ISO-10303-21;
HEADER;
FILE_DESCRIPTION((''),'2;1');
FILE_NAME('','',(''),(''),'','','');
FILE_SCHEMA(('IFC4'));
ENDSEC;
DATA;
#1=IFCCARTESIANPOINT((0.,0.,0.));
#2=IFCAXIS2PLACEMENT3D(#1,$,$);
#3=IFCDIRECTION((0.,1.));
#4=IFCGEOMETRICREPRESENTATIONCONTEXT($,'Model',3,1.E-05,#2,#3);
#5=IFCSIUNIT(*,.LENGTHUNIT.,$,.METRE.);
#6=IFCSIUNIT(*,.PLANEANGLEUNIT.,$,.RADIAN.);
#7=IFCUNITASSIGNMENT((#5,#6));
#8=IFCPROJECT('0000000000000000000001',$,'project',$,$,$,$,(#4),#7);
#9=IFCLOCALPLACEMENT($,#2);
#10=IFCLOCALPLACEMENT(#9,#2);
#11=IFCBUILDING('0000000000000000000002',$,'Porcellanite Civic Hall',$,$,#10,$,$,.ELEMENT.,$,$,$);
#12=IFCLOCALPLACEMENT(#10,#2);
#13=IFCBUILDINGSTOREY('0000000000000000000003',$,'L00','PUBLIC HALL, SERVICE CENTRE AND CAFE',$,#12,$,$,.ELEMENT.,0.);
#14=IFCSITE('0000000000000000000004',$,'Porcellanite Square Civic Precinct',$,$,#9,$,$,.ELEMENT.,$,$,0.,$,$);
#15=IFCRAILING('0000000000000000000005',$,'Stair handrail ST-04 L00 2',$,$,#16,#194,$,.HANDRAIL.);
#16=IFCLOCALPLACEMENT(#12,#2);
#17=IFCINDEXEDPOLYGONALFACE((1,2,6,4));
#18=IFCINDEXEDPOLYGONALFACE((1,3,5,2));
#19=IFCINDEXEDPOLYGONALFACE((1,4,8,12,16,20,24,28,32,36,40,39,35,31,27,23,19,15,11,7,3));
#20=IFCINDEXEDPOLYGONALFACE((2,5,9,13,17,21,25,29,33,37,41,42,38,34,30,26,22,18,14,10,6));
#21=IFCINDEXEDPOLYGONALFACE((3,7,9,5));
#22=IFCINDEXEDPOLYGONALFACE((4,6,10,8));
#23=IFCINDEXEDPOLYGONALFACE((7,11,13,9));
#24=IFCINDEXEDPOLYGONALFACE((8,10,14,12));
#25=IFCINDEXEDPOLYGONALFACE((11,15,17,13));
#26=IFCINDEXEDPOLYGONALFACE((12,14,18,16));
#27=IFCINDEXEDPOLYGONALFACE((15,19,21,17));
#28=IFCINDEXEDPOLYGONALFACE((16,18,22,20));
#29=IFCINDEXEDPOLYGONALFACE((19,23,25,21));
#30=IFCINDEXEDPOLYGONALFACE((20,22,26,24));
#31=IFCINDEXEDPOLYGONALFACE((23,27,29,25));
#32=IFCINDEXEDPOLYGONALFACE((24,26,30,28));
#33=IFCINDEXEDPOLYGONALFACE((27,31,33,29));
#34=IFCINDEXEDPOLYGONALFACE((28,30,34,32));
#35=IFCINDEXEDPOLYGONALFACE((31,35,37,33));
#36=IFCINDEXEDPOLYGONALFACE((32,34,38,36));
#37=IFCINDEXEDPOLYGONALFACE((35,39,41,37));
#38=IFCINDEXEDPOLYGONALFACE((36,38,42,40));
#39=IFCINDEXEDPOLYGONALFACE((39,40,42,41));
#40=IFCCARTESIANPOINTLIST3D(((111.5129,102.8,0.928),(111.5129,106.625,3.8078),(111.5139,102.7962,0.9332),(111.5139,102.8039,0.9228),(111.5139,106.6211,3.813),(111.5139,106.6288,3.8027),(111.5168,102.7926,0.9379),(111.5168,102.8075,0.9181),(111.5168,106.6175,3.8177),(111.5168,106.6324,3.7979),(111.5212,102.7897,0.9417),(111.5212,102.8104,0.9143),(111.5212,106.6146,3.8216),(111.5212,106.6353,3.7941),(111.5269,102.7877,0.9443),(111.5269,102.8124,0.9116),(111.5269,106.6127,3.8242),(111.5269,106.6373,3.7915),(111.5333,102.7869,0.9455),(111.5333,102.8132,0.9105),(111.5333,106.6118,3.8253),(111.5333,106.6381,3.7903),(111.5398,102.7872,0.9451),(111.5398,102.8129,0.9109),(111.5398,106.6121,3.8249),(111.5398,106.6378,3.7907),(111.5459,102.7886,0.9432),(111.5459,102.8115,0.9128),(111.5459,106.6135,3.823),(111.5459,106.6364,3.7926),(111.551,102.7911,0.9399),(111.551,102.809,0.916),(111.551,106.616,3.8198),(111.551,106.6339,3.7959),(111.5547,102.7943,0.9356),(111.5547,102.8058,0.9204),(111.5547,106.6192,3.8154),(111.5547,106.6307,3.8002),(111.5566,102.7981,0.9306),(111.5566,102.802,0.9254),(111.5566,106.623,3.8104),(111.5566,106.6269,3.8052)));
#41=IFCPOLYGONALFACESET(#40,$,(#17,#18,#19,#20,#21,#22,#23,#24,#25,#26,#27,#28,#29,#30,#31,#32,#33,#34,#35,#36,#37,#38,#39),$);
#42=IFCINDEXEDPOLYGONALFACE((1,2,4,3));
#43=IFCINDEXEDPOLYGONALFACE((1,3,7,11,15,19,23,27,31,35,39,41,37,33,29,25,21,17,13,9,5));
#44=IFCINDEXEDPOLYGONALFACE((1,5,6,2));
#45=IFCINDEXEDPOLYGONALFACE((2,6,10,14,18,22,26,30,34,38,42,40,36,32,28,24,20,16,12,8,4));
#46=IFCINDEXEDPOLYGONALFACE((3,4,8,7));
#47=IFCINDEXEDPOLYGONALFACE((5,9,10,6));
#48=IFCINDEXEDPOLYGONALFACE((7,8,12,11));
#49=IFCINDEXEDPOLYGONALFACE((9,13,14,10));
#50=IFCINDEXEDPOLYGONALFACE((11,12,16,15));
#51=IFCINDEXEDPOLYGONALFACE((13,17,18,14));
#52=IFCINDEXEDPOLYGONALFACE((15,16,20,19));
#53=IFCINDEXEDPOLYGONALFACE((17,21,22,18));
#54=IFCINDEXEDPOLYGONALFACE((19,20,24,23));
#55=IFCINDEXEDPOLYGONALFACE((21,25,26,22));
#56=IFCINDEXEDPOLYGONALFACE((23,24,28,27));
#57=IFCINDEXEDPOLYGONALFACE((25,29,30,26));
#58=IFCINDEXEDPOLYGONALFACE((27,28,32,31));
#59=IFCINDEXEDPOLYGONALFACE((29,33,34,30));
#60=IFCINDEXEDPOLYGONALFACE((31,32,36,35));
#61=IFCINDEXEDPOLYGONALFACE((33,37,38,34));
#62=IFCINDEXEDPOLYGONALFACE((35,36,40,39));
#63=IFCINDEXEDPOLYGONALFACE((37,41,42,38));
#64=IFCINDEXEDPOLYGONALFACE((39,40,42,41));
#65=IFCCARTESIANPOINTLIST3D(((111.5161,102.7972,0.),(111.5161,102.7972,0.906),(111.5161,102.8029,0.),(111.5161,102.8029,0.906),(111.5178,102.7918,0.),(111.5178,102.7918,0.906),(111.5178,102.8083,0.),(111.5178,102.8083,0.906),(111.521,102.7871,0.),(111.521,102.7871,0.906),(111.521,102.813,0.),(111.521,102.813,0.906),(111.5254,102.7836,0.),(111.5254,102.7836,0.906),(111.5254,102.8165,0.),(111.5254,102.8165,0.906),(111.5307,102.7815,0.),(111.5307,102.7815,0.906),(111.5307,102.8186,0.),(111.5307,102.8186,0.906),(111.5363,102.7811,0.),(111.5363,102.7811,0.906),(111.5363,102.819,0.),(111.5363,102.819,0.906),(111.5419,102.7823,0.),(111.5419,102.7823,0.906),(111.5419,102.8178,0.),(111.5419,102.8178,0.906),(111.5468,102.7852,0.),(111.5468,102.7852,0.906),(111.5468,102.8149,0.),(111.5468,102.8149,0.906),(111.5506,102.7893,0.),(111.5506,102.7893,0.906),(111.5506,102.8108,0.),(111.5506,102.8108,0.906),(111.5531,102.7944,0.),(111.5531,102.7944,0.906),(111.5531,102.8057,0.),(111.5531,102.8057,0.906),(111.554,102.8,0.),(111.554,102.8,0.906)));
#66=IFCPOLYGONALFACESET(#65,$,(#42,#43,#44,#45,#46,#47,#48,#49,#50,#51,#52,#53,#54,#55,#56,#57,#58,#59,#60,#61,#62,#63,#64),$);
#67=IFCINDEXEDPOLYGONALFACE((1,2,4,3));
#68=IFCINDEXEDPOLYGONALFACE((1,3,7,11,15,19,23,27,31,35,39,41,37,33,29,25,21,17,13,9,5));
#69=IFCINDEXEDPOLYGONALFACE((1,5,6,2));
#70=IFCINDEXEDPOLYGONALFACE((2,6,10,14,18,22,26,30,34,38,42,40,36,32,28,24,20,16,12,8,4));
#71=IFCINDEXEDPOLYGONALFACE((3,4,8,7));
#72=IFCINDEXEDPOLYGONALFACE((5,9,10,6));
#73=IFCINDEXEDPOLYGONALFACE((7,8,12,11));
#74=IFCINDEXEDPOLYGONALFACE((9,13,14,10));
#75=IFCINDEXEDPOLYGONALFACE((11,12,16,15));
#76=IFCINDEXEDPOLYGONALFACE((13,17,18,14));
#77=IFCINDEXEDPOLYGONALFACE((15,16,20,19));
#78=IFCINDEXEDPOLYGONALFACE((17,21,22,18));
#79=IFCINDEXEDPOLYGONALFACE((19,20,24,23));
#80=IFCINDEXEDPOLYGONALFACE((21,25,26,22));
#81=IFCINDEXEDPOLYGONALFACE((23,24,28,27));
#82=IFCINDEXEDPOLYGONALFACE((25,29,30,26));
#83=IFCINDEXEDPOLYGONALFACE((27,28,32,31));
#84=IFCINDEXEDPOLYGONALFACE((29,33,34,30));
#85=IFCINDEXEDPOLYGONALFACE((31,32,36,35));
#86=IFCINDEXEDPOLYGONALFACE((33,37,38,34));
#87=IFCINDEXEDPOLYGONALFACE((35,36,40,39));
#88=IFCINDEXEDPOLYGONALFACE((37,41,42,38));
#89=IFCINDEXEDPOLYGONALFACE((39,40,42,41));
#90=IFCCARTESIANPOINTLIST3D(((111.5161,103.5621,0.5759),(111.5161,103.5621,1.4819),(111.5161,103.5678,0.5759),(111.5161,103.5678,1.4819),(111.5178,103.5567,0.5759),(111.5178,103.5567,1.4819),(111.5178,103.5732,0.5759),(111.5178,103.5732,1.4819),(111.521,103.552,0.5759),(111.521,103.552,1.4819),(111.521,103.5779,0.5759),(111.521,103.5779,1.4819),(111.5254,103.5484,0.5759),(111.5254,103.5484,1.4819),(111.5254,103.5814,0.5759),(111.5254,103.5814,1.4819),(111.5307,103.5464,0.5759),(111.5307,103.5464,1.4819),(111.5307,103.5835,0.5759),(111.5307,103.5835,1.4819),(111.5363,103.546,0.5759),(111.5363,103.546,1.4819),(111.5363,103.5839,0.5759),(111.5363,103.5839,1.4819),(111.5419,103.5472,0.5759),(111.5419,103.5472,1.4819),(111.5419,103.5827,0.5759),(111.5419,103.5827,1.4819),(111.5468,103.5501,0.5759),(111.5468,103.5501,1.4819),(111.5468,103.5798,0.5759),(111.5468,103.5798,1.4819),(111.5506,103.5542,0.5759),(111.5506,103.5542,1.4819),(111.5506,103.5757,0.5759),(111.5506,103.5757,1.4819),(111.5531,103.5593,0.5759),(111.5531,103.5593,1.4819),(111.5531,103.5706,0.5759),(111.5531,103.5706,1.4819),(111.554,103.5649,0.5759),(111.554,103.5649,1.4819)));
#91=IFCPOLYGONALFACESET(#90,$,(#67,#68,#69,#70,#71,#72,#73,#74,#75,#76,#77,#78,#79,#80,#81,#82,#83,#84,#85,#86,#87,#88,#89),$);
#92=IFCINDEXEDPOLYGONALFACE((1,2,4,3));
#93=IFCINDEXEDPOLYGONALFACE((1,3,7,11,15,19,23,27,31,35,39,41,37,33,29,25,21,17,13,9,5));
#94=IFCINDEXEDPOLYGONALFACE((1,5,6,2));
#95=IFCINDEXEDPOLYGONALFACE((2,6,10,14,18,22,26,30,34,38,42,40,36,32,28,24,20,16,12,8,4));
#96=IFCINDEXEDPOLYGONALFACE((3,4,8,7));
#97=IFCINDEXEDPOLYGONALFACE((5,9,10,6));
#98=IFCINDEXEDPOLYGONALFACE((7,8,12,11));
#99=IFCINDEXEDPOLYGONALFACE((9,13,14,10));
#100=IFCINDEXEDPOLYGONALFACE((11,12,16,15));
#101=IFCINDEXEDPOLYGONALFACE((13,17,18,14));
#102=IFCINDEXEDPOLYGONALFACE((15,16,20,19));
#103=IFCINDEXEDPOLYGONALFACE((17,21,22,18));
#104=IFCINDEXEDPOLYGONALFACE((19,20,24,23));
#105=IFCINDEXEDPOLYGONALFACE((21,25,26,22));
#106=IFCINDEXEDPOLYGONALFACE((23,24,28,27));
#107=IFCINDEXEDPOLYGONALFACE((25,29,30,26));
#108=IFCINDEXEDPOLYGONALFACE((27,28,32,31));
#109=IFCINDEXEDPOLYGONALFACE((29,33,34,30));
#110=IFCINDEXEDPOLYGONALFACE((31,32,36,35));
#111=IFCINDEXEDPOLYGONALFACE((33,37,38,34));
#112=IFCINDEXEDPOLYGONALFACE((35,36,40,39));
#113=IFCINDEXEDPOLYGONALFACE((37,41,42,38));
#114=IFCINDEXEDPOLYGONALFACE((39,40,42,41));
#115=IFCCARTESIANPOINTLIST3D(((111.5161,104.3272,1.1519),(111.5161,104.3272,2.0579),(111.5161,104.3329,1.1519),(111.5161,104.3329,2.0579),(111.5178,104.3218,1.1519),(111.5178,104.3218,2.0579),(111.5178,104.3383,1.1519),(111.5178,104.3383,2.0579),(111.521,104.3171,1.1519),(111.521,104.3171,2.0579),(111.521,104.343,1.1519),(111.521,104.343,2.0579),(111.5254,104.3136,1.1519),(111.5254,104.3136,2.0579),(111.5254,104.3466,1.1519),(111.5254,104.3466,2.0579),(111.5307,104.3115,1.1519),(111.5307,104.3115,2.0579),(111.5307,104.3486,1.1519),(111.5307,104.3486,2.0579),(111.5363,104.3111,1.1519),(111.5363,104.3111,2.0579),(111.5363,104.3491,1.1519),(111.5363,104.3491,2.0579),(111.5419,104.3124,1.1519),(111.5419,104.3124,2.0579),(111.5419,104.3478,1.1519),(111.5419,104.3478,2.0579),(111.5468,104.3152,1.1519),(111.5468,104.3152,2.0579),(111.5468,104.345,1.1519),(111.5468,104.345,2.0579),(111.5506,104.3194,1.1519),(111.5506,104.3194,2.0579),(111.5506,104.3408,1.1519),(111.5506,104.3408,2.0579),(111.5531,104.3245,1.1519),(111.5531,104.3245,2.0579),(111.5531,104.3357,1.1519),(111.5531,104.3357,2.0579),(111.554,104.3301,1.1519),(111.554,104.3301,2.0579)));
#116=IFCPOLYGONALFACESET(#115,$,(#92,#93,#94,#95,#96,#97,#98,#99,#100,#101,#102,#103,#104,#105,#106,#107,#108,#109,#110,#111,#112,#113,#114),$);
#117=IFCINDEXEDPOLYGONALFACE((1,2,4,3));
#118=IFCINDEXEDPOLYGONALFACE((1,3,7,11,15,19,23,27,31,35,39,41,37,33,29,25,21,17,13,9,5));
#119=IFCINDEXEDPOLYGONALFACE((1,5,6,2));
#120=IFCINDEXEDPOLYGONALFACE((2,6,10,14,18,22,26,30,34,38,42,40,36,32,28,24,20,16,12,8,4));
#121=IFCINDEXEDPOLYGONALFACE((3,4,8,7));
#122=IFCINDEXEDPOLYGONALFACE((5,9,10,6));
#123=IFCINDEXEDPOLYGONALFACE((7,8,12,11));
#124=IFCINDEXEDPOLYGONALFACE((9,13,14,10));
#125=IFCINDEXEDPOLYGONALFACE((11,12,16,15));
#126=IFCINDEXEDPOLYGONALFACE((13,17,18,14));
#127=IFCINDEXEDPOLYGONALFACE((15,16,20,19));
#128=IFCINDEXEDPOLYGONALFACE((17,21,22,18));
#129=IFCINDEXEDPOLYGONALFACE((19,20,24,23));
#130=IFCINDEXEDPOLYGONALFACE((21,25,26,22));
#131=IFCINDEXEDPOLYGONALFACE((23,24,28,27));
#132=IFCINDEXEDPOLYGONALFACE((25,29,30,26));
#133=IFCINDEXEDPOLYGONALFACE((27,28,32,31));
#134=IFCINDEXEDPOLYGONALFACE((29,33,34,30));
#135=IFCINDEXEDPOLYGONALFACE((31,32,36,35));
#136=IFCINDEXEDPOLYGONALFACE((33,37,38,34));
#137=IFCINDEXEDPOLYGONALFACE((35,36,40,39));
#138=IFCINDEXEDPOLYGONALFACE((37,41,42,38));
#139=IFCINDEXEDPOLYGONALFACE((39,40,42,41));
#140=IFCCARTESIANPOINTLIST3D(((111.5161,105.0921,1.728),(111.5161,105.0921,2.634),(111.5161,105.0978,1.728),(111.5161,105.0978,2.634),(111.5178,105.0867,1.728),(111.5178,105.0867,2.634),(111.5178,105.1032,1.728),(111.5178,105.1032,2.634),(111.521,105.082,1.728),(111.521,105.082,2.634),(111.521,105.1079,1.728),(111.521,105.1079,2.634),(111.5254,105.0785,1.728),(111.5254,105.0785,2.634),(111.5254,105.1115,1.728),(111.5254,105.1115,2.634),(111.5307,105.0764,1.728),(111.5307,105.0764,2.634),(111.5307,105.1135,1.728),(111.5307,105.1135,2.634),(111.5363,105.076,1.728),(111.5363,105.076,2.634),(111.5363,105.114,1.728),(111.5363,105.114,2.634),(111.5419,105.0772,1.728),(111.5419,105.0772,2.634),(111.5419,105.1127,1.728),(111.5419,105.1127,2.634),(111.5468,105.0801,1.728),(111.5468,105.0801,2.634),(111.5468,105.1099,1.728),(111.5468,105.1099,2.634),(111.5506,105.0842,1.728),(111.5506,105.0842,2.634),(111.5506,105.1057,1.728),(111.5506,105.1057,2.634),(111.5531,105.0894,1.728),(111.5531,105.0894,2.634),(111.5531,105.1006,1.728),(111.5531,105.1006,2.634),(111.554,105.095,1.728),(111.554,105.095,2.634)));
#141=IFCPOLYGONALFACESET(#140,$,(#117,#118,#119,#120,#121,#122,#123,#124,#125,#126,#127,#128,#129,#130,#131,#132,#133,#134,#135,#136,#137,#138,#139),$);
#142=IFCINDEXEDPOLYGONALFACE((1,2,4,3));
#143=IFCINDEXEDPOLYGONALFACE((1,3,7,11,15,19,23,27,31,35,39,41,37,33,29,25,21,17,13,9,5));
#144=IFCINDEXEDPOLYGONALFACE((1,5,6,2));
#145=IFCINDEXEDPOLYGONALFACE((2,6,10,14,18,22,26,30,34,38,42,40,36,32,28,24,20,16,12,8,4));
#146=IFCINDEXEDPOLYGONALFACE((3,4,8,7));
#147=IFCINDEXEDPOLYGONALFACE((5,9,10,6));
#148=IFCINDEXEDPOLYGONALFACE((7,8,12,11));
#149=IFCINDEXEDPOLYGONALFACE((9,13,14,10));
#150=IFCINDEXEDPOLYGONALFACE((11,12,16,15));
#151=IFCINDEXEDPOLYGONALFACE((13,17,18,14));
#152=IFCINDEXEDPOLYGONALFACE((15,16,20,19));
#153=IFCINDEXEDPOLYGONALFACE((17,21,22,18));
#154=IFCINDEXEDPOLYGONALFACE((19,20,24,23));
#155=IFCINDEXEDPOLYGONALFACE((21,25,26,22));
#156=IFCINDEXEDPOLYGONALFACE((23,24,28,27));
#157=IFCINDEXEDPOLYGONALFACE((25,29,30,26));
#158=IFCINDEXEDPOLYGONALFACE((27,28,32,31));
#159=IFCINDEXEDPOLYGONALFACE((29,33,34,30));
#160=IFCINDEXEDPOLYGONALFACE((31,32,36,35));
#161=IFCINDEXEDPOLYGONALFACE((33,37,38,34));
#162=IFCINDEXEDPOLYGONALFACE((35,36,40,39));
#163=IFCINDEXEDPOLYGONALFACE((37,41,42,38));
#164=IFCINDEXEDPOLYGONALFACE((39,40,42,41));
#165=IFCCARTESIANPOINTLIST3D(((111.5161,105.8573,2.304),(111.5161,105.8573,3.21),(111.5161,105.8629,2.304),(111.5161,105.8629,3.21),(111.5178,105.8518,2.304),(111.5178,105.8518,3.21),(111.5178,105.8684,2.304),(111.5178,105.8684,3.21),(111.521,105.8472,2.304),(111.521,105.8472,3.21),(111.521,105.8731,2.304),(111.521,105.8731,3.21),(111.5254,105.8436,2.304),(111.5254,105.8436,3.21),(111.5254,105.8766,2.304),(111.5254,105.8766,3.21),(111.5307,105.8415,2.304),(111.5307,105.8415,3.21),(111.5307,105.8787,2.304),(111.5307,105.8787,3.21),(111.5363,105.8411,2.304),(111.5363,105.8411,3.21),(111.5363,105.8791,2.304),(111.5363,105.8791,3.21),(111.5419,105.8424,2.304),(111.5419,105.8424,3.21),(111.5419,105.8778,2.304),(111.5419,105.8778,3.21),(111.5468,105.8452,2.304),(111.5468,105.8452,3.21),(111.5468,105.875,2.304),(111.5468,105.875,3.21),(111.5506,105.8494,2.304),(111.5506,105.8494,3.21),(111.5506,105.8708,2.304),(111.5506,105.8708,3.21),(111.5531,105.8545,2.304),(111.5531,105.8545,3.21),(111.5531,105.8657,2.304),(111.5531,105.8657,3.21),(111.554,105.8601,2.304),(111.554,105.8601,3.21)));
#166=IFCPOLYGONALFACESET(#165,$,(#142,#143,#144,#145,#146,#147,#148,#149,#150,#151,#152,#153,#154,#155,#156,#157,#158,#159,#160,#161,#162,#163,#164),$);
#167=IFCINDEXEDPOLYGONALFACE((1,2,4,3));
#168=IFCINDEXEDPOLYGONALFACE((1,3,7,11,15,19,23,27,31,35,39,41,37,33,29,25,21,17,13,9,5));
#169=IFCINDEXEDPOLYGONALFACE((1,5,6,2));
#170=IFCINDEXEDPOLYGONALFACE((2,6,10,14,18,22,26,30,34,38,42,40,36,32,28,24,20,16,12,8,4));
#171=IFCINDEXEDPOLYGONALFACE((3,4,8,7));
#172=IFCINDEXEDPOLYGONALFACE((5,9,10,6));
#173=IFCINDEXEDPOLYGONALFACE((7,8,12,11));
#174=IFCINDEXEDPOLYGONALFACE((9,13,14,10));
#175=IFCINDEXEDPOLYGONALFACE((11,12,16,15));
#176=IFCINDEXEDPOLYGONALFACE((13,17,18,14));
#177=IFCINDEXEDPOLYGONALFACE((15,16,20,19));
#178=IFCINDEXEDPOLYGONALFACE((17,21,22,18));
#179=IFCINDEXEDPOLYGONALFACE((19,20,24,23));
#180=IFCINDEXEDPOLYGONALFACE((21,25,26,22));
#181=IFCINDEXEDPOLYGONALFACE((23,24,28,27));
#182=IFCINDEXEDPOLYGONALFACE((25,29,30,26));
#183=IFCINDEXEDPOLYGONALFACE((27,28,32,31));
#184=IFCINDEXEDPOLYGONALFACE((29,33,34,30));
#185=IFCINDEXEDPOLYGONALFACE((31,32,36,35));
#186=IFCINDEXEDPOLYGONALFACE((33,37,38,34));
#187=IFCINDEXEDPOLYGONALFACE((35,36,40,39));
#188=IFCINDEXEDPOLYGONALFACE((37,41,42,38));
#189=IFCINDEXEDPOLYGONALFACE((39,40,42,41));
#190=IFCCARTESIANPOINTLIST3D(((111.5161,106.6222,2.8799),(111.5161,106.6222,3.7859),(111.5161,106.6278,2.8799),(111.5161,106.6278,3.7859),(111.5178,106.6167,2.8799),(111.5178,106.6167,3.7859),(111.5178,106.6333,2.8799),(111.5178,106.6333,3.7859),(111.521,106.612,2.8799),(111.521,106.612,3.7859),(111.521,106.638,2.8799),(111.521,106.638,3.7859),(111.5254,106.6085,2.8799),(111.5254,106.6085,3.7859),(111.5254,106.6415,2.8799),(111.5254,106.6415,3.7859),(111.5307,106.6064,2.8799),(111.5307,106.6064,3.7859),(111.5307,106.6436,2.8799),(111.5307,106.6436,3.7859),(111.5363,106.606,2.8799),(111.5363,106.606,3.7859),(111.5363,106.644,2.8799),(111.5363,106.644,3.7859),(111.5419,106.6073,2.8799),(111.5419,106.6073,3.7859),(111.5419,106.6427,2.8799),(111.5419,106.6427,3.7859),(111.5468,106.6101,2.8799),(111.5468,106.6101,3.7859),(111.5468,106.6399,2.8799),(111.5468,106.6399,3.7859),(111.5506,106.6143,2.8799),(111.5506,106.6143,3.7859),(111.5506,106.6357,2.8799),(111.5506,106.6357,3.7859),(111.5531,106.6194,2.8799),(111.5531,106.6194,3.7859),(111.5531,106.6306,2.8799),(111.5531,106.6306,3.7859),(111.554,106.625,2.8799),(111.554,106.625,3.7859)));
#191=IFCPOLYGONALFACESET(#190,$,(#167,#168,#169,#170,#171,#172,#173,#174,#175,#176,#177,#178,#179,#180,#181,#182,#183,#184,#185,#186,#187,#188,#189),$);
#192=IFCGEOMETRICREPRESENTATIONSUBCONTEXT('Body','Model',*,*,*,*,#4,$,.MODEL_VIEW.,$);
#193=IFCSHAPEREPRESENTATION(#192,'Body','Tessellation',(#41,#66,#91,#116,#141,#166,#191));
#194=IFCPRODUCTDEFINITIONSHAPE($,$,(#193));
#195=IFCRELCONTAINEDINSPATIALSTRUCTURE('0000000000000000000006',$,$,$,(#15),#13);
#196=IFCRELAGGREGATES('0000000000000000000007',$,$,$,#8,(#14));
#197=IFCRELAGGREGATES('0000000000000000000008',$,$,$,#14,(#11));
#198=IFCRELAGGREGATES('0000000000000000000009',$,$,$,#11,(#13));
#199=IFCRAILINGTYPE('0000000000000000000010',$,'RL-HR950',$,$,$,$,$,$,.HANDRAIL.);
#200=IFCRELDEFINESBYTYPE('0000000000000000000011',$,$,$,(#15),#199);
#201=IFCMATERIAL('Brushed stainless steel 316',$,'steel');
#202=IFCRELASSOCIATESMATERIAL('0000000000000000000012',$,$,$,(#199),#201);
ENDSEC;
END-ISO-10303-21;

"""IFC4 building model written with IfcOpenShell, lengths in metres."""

from ifc_helpers import new_model, si_unit, direction, frame, origin, origin_2d, place, context, subcontext, project, spatial, circle, extrude, material, type_object, element, save


model = new_model("IFC4")

# Units and contexts
model_context = context("Model", 3, precision=1e-05, world=origin(), true_north=direction((0.0, 1.0)))
body_context = subcontext(model_context, "Body", "Model", "MODEL_VIEW")
ifc_project = project(units=[si_unit("LENGTHUNIT", "METRE"), si_unit("PLANEANGLEUNIT", "RADIAN")], contexts=[model_context])

# Site, building, storey
site_placement = place(None, origin())
site = spatial("IfcSite", under=ifc_project, at=site_placement, Name="Porcellanite Square Civic Precinct", CompositionType="ELEMENT", RefElevation=0.0)
building_placement = place(site_placement, origin())
building = spatial("IfcBuilding", under=site, at=building_placement, Name="Porcellanite Civic Hall", CompositionType="ELEMENT")
storey_placement = place(building_placement, origin())
storey = spatial("IfcBuildingStorey", under=building, at=storey_placement, Name="L00", Description="PUBLIC HALL, SERVICE CENTRE AND CAFE", CompositionType="ELEMENT", Elevation=0.0)

# Railing
ifc_material_1 = material(Name="Brushed stainless steel 316", Category="steel")
railing_type_1 = type_object("IfcRailingType", Name="RL-HR950", PredefinedType="HANDRAIL", material=ifc_material_1)
railing_1_placement = place(storey_placement, frame((111.5349, 102.8, 0.0)))
element("IfcRailing", 1, at=railing_1_placement, inside=storey, type_object=railing_type_1, Name="Stair handrail ST-04 L00 2", PredefinedType="HANDRAIL", context=body_context, shape_type="SweptSolid", body=[
    extrude(circle(Radius=0.022, at=origin_2d()), frame((0.0, 0.0, 0.928), z_axis=(0.0, 0.798879, 0.601492), x_axis=(-1.0, 0.0, 0.0)), (0.0, 0.0, 1.0), 4.7878),
    extrude(circle(Radius=0.019, at=origin_2d()), origin(), (0.0, 0.0, 1.0), 0.906),
    extrude(circle(Radius=0.019, at=origin_2d()), frame((0.0, 0.7649, 0.5759)), (0.0, 0.0, 1.0), 0.906),
    extrude(circle(Radius=0.019, at=origin_2d()), frame((0.0, 1.53, 1.1519)), (0.0, 0.0, 1.0), 0.906),
    extrude(circle(Radius=0.019, at=origin_2d()), frame((0.0, 2.2949, 1.728)), (0.0, 0.0, 1.0), 0.906),
    extrude(circle(Radius=0.019, at=origin_2d()), frame((0.0, 3.0601, 2.304)), (0.0, 0.0, 1.0), 0.906),
    extrude(circle(Radius=0.019, at=origin_2d()), frame((0.0, 3.825, 2.8799)), (0.0, 0.0, 1.0), 0.906),
])

save(model, "model.ifc")
